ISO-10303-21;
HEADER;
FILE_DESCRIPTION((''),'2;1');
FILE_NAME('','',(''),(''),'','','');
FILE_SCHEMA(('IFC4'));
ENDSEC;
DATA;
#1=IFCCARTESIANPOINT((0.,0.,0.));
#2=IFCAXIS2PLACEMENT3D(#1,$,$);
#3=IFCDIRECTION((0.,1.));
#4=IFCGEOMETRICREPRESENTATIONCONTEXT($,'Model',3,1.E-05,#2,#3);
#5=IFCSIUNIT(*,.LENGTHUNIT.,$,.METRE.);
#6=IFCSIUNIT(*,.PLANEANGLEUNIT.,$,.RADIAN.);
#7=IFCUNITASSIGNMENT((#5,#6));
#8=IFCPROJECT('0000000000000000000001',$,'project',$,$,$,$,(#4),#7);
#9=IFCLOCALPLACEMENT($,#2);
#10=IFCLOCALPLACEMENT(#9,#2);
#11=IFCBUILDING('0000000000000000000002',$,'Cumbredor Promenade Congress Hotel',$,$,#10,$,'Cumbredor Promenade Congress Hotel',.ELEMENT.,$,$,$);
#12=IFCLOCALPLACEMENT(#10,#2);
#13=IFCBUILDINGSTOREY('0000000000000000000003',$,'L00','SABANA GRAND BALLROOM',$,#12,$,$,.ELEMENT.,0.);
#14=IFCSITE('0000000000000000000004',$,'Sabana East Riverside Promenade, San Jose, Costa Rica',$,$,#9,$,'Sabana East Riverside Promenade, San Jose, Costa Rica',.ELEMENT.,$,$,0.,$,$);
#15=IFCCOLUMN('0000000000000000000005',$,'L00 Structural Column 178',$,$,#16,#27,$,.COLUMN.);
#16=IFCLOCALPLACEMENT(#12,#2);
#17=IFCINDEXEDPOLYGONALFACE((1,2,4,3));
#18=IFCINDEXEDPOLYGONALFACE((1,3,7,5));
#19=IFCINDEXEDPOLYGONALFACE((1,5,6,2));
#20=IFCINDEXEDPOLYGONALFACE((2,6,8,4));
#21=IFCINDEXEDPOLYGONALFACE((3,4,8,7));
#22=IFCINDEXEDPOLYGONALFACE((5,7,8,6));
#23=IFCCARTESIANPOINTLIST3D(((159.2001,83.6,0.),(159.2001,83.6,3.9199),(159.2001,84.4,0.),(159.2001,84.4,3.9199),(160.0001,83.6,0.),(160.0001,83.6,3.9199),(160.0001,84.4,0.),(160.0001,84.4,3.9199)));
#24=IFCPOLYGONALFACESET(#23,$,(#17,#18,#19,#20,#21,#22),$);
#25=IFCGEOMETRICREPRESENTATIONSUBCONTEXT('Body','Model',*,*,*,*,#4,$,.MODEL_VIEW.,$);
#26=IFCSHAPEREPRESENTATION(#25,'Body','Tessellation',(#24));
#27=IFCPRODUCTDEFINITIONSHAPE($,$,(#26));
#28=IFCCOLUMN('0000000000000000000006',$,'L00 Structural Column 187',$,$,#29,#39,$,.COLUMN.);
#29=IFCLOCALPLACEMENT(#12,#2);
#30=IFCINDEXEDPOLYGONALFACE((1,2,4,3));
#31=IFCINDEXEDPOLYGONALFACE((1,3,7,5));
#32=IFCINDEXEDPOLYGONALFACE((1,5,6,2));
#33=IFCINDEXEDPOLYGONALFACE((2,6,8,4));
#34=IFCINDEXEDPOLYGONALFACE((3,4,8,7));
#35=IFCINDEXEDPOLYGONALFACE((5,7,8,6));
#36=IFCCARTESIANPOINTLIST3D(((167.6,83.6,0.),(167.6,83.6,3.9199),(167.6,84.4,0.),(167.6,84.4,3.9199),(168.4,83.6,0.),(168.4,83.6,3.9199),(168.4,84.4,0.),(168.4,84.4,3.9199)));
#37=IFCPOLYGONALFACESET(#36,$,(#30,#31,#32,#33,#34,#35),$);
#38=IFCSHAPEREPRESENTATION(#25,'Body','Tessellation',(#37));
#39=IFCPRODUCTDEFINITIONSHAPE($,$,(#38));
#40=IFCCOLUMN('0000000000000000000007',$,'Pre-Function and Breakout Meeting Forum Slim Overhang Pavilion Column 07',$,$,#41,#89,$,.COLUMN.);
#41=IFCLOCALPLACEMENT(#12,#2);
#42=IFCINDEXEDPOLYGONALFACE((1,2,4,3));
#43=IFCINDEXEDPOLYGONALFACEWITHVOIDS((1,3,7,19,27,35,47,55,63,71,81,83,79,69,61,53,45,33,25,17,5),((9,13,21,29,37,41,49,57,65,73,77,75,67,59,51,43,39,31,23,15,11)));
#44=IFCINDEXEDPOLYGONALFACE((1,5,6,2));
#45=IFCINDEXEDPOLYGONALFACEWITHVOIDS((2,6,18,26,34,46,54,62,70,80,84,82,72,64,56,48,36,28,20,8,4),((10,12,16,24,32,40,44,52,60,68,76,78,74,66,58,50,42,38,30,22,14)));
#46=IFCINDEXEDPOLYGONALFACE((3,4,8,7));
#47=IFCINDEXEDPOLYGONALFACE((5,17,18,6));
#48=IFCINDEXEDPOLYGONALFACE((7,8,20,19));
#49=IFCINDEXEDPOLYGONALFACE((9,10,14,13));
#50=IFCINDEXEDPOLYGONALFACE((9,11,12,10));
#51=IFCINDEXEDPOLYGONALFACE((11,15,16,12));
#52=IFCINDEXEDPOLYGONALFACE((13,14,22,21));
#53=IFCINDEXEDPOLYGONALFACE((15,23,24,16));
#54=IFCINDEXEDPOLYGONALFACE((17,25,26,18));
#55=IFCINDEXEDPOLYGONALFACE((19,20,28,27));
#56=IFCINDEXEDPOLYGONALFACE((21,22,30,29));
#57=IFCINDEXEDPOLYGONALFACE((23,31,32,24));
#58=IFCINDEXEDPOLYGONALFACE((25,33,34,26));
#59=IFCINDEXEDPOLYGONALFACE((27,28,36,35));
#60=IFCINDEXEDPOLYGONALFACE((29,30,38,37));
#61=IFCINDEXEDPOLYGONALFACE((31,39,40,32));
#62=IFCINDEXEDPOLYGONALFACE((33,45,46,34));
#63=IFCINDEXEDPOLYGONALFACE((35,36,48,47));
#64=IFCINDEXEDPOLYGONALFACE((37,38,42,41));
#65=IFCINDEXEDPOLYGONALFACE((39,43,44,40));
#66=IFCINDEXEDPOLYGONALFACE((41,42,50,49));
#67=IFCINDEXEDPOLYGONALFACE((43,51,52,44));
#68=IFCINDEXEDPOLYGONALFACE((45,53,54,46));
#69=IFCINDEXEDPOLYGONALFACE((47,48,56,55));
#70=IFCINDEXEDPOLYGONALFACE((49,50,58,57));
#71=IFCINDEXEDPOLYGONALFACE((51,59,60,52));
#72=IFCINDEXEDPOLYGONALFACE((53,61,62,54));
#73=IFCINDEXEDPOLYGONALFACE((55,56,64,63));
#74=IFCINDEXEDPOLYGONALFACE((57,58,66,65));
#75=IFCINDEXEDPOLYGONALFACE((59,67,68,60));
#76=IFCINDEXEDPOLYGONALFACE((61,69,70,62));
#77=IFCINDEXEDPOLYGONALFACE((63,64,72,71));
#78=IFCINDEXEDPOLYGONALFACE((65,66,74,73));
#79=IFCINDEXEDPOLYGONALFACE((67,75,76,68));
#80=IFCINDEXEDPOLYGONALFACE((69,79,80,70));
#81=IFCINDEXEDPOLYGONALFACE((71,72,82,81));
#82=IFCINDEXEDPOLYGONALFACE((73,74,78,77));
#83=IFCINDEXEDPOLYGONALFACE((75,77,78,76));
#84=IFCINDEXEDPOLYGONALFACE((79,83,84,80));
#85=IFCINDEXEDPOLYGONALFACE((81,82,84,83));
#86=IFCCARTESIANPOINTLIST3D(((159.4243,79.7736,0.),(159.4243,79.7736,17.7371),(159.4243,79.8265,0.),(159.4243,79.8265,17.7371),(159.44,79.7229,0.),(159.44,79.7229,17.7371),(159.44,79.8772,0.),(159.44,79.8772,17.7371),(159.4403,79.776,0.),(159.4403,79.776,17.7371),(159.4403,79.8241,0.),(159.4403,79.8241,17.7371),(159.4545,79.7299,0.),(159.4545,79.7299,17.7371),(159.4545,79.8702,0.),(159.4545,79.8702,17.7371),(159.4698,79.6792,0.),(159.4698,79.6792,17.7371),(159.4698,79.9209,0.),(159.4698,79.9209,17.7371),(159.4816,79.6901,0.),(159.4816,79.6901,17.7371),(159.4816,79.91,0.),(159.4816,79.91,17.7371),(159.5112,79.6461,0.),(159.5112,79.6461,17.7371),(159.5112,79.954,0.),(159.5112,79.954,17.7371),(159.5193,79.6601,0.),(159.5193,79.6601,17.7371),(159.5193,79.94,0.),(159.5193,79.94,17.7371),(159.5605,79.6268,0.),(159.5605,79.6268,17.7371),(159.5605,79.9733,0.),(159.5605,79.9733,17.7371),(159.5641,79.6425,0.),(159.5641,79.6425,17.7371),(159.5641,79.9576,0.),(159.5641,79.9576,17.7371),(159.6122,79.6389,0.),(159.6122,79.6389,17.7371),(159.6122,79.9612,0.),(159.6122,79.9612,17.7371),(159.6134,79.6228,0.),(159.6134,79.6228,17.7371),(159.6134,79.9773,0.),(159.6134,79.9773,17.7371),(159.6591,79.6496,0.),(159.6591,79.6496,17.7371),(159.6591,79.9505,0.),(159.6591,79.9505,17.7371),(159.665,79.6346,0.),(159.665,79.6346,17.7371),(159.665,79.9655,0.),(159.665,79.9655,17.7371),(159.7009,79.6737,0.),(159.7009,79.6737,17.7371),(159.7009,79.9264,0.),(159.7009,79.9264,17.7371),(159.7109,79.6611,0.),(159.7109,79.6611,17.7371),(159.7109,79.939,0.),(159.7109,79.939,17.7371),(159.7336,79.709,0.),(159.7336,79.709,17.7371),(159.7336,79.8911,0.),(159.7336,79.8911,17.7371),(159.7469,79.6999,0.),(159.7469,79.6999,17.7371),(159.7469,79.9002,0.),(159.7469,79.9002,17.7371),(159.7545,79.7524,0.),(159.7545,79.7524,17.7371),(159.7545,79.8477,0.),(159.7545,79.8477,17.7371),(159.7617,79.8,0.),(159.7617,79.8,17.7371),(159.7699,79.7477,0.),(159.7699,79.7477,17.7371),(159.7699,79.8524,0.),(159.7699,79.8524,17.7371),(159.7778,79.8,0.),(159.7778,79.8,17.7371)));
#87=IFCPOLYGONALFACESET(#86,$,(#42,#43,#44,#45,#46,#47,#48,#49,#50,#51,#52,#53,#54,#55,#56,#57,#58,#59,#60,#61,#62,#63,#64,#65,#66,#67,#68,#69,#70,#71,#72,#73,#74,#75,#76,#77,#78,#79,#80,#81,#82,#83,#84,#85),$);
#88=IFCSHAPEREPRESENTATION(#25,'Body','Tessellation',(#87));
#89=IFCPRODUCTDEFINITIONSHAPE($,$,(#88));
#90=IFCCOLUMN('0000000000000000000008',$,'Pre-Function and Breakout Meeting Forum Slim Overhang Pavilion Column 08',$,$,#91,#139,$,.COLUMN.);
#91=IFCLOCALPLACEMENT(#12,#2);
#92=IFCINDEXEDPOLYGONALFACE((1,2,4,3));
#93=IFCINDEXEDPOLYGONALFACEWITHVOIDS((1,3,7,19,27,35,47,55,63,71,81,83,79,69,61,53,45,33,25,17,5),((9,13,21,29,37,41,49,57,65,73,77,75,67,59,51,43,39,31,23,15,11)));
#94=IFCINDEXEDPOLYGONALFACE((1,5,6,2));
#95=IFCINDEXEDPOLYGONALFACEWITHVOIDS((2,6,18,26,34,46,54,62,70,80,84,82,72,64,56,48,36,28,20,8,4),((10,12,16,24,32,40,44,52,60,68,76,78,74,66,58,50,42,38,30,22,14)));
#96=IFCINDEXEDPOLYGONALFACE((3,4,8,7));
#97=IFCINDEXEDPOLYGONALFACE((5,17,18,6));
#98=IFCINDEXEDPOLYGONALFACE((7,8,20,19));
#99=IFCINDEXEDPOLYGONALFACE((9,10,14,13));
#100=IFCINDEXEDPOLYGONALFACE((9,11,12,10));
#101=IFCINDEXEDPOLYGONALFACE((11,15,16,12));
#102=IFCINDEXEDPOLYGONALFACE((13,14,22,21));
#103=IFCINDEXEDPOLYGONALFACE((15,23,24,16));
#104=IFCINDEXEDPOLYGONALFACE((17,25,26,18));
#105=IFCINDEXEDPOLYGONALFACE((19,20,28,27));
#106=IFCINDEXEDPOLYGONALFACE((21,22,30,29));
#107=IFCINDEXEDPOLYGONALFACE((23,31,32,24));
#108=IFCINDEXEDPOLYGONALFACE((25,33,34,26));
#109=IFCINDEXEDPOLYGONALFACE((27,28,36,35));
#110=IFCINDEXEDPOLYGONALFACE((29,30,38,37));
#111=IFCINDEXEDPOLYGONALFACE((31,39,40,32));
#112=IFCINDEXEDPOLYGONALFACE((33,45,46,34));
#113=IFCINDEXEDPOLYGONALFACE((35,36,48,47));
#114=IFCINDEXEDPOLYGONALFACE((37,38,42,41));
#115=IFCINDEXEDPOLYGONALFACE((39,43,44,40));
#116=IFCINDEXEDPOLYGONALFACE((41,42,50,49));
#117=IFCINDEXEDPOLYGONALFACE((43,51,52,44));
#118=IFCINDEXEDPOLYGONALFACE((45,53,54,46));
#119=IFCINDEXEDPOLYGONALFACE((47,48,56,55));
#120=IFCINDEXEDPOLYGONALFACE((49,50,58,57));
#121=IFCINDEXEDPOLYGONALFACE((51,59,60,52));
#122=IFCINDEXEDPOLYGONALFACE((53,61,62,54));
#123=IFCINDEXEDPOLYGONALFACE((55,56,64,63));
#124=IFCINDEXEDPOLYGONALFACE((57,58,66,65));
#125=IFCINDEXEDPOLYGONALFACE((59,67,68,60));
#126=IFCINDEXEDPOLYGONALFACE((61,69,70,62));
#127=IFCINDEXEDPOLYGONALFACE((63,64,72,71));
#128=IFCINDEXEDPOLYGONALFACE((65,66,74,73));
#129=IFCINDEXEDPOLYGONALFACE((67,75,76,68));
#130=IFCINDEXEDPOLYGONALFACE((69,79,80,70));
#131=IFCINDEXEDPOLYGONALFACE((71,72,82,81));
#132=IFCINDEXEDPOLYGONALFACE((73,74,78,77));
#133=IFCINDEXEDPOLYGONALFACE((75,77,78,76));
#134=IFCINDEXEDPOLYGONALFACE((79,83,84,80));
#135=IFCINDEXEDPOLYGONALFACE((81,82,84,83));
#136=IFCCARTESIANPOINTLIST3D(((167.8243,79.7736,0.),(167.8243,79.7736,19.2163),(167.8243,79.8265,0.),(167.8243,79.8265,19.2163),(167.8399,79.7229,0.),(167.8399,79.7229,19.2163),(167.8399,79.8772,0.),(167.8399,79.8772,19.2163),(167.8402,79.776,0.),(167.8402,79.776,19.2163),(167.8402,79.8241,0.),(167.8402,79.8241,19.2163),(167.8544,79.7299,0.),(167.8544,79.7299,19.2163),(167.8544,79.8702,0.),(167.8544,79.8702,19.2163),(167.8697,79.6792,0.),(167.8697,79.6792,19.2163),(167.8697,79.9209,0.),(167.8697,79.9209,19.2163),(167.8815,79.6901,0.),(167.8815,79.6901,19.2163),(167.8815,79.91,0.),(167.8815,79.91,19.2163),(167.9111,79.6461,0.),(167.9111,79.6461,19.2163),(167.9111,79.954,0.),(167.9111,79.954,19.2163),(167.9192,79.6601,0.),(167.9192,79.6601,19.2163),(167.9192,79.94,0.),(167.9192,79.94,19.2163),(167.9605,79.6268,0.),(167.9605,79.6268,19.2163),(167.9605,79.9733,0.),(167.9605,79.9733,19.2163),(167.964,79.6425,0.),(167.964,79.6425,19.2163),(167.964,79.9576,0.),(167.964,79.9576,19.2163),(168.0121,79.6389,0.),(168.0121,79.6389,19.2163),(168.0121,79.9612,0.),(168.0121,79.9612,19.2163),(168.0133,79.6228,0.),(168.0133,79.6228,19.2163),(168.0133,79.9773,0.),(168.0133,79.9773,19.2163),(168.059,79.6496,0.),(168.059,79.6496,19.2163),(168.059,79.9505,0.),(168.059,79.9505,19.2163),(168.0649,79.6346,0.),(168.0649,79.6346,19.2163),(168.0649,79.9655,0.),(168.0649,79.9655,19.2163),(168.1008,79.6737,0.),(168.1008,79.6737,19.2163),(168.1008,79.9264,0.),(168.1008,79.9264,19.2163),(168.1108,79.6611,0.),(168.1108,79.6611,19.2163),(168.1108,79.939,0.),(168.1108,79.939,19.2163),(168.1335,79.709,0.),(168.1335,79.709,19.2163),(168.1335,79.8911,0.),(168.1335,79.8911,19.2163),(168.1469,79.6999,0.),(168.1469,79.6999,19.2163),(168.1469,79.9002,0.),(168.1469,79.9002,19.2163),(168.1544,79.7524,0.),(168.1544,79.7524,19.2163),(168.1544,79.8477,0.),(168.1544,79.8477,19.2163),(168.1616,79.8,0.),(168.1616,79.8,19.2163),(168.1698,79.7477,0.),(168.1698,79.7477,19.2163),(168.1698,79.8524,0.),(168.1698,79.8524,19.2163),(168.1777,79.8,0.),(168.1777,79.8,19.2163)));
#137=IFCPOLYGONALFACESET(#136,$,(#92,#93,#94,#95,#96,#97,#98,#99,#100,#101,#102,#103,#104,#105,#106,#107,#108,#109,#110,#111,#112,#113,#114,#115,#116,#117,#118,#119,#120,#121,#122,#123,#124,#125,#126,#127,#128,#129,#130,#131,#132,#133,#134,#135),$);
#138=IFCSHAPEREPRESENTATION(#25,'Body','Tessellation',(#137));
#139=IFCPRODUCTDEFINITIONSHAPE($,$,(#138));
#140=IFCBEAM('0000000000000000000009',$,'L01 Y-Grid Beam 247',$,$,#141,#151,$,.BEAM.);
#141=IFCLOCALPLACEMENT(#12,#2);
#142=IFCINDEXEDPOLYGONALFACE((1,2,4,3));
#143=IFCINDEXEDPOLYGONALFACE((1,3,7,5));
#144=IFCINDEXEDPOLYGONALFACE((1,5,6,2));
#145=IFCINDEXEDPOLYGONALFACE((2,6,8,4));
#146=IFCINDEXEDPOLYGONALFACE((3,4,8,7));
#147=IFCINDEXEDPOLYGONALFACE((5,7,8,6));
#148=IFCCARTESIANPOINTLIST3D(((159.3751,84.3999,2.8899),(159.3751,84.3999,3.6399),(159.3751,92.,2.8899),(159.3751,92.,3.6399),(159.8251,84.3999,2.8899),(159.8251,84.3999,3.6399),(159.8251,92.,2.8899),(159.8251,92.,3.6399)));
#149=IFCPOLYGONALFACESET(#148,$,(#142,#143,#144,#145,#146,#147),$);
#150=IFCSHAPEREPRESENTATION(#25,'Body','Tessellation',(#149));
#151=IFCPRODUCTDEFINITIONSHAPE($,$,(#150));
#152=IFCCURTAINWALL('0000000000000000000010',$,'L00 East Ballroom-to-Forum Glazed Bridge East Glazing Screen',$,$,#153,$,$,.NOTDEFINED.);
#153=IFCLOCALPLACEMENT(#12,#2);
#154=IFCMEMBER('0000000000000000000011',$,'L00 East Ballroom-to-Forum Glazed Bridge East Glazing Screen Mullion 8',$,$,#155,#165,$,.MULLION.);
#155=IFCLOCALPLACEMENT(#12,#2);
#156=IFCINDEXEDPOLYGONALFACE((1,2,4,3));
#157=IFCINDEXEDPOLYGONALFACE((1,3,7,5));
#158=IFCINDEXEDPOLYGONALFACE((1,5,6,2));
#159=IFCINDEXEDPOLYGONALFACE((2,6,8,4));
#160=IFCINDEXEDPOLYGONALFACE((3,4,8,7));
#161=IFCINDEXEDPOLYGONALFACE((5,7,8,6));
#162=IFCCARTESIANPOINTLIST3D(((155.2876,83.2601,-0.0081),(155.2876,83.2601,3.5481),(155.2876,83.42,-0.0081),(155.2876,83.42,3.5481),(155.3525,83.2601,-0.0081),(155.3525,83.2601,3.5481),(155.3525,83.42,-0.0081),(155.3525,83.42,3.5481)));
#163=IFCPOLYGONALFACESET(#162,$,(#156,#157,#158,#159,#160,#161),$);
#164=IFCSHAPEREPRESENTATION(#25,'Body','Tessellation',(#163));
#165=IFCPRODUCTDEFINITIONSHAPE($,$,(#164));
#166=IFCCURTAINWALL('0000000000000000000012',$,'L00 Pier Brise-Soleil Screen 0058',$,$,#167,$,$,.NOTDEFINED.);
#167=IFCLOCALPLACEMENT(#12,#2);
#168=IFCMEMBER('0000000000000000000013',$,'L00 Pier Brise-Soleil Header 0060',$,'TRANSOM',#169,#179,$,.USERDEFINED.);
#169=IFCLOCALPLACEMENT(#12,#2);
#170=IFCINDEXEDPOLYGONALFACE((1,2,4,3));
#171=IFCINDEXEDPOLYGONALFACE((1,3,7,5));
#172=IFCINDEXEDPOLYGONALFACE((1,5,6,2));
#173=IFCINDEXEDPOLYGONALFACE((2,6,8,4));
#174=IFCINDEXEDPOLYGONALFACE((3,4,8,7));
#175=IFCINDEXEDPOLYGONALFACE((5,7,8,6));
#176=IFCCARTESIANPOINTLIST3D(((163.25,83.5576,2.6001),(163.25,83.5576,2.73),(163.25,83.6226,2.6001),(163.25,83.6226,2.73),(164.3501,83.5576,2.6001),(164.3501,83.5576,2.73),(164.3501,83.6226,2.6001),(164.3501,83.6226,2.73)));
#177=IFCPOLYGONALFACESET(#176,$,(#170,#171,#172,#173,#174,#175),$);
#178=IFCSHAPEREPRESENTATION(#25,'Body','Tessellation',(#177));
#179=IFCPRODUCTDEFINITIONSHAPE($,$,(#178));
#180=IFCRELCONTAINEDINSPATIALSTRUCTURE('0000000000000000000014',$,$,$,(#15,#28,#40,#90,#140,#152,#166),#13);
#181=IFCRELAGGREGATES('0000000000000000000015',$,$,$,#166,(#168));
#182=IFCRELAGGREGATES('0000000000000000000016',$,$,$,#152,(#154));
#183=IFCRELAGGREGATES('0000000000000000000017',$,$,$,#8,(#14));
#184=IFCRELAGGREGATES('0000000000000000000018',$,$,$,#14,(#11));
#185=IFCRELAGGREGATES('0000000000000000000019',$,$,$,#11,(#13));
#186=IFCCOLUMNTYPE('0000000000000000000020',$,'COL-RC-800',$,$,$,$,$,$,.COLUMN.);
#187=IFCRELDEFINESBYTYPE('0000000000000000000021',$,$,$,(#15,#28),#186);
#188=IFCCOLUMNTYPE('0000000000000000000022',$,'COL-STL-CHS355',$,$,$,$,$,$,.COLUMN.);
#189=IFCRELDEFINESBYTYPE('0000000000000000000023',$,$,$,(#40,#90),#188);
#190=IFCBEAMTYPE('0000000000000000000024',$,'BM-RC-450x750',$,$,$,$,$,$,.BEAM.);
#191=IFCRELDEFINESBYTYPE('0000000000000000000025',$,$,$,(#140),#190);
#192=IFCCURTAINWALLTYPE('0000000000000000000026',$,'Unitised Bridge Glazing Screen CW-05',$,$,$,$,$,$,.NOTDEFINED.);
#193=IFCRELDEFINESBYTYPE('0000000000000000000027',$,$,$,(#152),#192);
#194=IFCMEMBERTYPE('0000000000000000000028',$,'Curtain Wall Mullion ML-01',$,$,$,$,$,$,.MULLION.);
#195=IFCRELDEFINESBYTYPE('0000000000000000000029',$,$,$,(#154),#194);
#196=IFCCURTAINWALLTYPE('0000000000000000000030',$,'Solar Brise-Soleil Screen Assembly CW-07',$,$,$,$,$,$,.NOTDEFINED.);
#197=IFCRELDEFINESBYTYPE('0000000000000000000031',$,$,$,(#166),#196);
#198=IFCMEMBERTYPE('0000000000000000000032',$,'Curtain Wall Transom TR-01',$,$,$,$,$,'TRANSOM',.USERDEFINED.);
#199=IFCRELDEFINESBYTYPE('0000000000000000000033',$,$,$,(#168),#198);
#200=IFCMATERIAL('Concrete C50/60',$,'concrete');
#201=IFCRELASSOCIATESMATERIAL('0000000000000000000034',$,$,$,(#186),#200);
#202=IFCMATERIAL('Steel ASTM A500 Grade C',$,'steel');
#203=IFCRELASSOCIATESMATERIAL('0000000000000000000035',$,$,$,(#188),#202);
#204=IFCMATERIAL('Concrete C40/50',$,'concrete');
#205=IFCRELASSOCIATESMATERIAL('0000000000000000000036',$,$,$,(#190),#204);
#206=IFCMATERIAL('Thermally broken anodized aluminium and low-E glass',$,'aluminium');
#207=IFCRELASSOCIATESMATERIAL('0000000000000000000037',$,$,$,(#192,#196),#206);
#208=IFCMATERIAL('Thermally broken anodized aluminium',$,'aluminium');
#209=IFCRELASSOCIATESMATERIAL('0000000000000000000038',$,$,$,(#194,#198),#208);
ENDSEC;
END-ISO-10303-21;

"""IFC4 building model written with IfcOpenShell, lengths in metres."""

from ifc_helpers import new_model, si_unit, direction, frame, origin, origin_2d, place, context, subcontext, project, spatial, rectangle, hollow_circle, extrude, material, material_profile, profile_set, type_object, element, aggregate, save


model = new_model("IFC4")

# Units and contexts
model_context = context("Model", 3, precision=1e-05, world=origin(), true_north=direction((0.0, 1.0)))
body_context = subcontext(model_context, "Body", "Model", "MODEL_VIEW")
ifc_project = project(units=[si_unit("LENGTHUNIT", "METRE"), si_unit("PLANEANGLEUNIT", "RADIAN")], contexts=[model_context])

# Site, building, storey
site_placement = place(None, origin())
site = spatial("IfcSite", under=ifc_project, at=site_placement, Name="Sabana East Riverside Promenade, San Jose, Costa Rica", LongName="Sabana East Riverside Promenade, San Jose, Costa Rica", CompositionType="ELEMENT", RefElevation=0.0)
building_placement = place(site_placement, origin())
building = spatial("IfcBuilding", under=site, at=building_placement, Name="Cumbredor Promenade Congress Hotel", LongName="Cumbredor Promenade Congress Hotel", CompositionType="ELEMENT")
storey_placement = place(building_placement, origin())
storey = spatial("IfcBuildingStorey", under=building, at=storey_placement, Name="L00", Description="SABANA GRAND BALLROOM", CompositionType="ELEMENT", Elevation=0.0)

# Columns
ifc_material_1 = material(Name="Concrete C50/60", Category="concrete")
ifc_material_profile_1 = material_profile(ifc_material_1, rectangle(XDim=0.8, YDim=0.8, at=origin_2d()), Name="RC 800x800")
ifc_profile_set_1 = profile_set([ifc_material_profile_1], Name="Concrete C50/60")
column_type_1 = type_object("IfcColumnType", Name="COL-RC-800", PredefinedType="COLUMN", material=ifc_profile_set_1)
for number, where, z_axis, x_axis, name in (
    (1, (159.6001, 84.0, 0.0), (0.0, 0.0, 1.0), (1.0, 0.0, 0.0), "L00 Structural Column 178"),
    (2, (168.0, 84.0, 0.0), (0.0, 0.0, 1.0), (1.0, 0.0, 0.0), "L00 Structural Column 187"),
):
    element("IfcColumn", number, at=place(storey_placement, frame(where, z_axis=z_axis, x_axis=x_axis)), inside=storey, type_object=column_type_1, Name=name, PredefinedType="COLUMN", context=body_context, shape_type="SweptSolid", body=[
        extrude(rectangle(XDim=0.8, YDim=0.8, at=origin_2d()), origin(), (0.0, 0.0, 1.0), 3.9199),
    ])
ifc_material_2 = material(Name="Steel ASTM A500 Grade C", Category="steel")
ifc_material_profile_2 = material_profile(ifc_material_2, hollow_circle(Radius=0.1777, WallThickness=0.0161, at=origin_2d()), Name="CHS 355.6x16")
ifc_profile_set_2 = profile_set([ifc_material_profile_2], Name="Steel ASTM A500 Grade C")
column_type_2 = type_object("IfcColumnType", Name="COL-STL-CHS355", PredefinedType="COLUMN", material=ifc_profile_set_2)
column_1_placement = place(storey_placement, frame((159.6001, 79.8, 0.0), z_axis=(0.0, 0.0, 1.0), x_axis=(1.0, 0.0, 0.0)))
element("IfcColumn", 3, at=column_1_placement, inside=storey, type_object=column_type_2, Name="Pre-Function and Breakout Meeting Forum Slim Overhang Pavilion Column 07", PredefinedType="COLUMN", context=body_context, shape_type="SweptSolid", body=[
    extrude(hollow_circle(Radius=0.1777, WallThickness=0.0161, at=origin_2d()), origin(), (0.0, 0.0, 1.0), 17.7371),
])
column_2_placement = place(storey_placement, frame((168.0, 79.8, 0.0), z_axis=(0.0, 0.0, 1.0), x_axis=(1.0, 0.0, 0.0)))
element("IfcColumn", 4, at=column_2_placement, inside=storey, type_object=column_type_2, Name="Pre-Function and Breakout Meeting Forum Slim Overhang Pavilion Column 08", PredefinedType="COLUMN", context=body_context, shape_type="SweptSolid", body=[
    extrude(hollow_circle(Radius=0.1777, WallThickness=0.0161, at=origin_2d()), origin(), (0.0, 0.0, 1.0), 19.2163),
])

# Beam
ifc_material_3 = material(Name="Concrete C40/50", Category="concrete")
ifc_material_profile_3 = material_profile(ifc_material_3, rectangle(XDim=0.45, YDim=0.75, at=origin_2d()), Name="RC BEAM 450x750")
ifc_profile_set_3 = profile_set([ifc_material_profile_3], Name="Concrete C40/50")
beam_type_1 = type_object("IfcBeamType", Name="BM-RC-450x750", PredefinedType="BEAM", material=ifc_profile_set_3)
beam_1_placement = place(storey_placement, frame((159.6001, 84.3999, 3.2649), z_axis=(0.0, 1.0, 0.0), x_axis=(-1.0, 0.0, 0.0)))
element("IfcBeam", 5, at=beam_1_placement, inside=storey, type_object=beam_type_1, Name="L01 Y-Grid Beam 247", PredefinedType="BEAM", context=body_context, shape_type="SweptSolid", body=[
    extrude(rectangle(XDim=0.45, YDim=0.75, at=origin_2d()), origin(), (0.0, 0.0, 1.0), 7.6001),
])

# Curtain walls, members
ifc_material_4 = material(Name="Thermally broken anodized aluminium and low-E glass", Category="aluminium")
curtain_wall_type_1 = type_object("IfcCurtainWallType", Name="Unitised Bridge Glazing Screen CW-05", PredefinedType="NOTDEFINED", material=ifc_material_4)
curtain_wall_1_placement = place(storey_placement, origin())
curtain_wall_1 = element("IfcCurtainWall", 6, at=curtain_wall_1_placement, inside=storey, type_object=curtain_wall_type_1, Name="L00 East Ballroom-to-Forum Glazed Bridge East Glazing Screen", PredefinedType="NOTDEFINED")
ifc_material_5 = material(Name="Thermally broken anodized aluminium", Category="aluminium")
ifc_material_profile_4 = material_profile(ifc_material_5, rectangle(XDim=0.0649, YDim=0.1599, at=origin_2d()), Name="ALU MULLION 65x160")
ifc_profile_set_4 = profile_set([ifc_material_profile_4], Name="Thermally broken anodized aluminium")
member_type_1 = type_object("IfcMemberType", Name="Curtain Wall Mullion ML-01", PredefinedType="MULLION", material=ifc_profile_set_4)
member_1_placement = place(storey_placement, frame((155.3201, 83.3401, -0.0081), z_axis=(0.0, 0.0, 1.0), x_axis=(1.0, 0.0, 0.0)))
member_1 = element("IfcMember", 7, at=member_1_placement, type_object=member_type_1, Name="L00 East Ballroom-to-Forum Glazed Bridge East Glazing Screen Mullion 8", PredefinedType="MULLION", context=body_context, shape_type="SweptSolid", body=[
    extrude(rectangle(XDim=0.0649, YDim=0.1599, at=origin_2d()), origin(), (0.0, 0.0, 1.0), 3.5562),
])
curtain_wall_type_2 = type_object("IfcCurtainWallType", Name="Solar Brise-Soleil Screen Assembly CW-07", PredefinedType="NOTDEFINED", material=ifc_material_4)
curtain_wall_2_placement = place(storey_placement, origin())
curtain_wall_2 = element("IfcCurtainWall", 8, at=curtain_wall_2_placement, inside=storey, type_object=curtain_wall_type_2, Name="L00 Pier Brise-Soleil Screen 0058", PredefinedType="NOTDEFINED")
ifc_material_profile_5 = material_profile(ifc_material_5, rectangle(XDim=0.0649, YDim=0.1299, at=origin_2d()), Name="ALU TRANSOM 65x130")
ifc_profile_set_5 = profile_set([ifc_material_profile_5], Name="Thermally broken anodized aluminium")
member_type_2 = type_object("IfcMemberType", Name="Curtain Wall Transom TR-01", ElementType="TRANSOM", PredefinedType="USERDEFINED", material=ifc_profile_set_5)
member_2_placement = place(storey_placement, frame((163.25, 83.5901, 2.665), z_axis=(1.0, 0.0, 0.0), x_axis=(0.0, 1.0, 0.0)))
member_2 = element("IfcMember", 9, at=member_2_placement, type_object=member_type_2, Name="L00 Pier Brise-Soleil Header 0060", ObjectType="TRANSOM", PredefinedType="USERDEFINED", context=body_context, shape_type="SweptSolid", body=[
    extrude(rectangle(XDim=0.0649, YDim=0.1299, at=origin_2d()), origin(), (0.0, 0.0, 1.0), 1.1001),
])

aggregate(curtain_wall_2, [member_2])

aggregate(curtain_wall_1, [member_1])

save(model, "model.ifc")
